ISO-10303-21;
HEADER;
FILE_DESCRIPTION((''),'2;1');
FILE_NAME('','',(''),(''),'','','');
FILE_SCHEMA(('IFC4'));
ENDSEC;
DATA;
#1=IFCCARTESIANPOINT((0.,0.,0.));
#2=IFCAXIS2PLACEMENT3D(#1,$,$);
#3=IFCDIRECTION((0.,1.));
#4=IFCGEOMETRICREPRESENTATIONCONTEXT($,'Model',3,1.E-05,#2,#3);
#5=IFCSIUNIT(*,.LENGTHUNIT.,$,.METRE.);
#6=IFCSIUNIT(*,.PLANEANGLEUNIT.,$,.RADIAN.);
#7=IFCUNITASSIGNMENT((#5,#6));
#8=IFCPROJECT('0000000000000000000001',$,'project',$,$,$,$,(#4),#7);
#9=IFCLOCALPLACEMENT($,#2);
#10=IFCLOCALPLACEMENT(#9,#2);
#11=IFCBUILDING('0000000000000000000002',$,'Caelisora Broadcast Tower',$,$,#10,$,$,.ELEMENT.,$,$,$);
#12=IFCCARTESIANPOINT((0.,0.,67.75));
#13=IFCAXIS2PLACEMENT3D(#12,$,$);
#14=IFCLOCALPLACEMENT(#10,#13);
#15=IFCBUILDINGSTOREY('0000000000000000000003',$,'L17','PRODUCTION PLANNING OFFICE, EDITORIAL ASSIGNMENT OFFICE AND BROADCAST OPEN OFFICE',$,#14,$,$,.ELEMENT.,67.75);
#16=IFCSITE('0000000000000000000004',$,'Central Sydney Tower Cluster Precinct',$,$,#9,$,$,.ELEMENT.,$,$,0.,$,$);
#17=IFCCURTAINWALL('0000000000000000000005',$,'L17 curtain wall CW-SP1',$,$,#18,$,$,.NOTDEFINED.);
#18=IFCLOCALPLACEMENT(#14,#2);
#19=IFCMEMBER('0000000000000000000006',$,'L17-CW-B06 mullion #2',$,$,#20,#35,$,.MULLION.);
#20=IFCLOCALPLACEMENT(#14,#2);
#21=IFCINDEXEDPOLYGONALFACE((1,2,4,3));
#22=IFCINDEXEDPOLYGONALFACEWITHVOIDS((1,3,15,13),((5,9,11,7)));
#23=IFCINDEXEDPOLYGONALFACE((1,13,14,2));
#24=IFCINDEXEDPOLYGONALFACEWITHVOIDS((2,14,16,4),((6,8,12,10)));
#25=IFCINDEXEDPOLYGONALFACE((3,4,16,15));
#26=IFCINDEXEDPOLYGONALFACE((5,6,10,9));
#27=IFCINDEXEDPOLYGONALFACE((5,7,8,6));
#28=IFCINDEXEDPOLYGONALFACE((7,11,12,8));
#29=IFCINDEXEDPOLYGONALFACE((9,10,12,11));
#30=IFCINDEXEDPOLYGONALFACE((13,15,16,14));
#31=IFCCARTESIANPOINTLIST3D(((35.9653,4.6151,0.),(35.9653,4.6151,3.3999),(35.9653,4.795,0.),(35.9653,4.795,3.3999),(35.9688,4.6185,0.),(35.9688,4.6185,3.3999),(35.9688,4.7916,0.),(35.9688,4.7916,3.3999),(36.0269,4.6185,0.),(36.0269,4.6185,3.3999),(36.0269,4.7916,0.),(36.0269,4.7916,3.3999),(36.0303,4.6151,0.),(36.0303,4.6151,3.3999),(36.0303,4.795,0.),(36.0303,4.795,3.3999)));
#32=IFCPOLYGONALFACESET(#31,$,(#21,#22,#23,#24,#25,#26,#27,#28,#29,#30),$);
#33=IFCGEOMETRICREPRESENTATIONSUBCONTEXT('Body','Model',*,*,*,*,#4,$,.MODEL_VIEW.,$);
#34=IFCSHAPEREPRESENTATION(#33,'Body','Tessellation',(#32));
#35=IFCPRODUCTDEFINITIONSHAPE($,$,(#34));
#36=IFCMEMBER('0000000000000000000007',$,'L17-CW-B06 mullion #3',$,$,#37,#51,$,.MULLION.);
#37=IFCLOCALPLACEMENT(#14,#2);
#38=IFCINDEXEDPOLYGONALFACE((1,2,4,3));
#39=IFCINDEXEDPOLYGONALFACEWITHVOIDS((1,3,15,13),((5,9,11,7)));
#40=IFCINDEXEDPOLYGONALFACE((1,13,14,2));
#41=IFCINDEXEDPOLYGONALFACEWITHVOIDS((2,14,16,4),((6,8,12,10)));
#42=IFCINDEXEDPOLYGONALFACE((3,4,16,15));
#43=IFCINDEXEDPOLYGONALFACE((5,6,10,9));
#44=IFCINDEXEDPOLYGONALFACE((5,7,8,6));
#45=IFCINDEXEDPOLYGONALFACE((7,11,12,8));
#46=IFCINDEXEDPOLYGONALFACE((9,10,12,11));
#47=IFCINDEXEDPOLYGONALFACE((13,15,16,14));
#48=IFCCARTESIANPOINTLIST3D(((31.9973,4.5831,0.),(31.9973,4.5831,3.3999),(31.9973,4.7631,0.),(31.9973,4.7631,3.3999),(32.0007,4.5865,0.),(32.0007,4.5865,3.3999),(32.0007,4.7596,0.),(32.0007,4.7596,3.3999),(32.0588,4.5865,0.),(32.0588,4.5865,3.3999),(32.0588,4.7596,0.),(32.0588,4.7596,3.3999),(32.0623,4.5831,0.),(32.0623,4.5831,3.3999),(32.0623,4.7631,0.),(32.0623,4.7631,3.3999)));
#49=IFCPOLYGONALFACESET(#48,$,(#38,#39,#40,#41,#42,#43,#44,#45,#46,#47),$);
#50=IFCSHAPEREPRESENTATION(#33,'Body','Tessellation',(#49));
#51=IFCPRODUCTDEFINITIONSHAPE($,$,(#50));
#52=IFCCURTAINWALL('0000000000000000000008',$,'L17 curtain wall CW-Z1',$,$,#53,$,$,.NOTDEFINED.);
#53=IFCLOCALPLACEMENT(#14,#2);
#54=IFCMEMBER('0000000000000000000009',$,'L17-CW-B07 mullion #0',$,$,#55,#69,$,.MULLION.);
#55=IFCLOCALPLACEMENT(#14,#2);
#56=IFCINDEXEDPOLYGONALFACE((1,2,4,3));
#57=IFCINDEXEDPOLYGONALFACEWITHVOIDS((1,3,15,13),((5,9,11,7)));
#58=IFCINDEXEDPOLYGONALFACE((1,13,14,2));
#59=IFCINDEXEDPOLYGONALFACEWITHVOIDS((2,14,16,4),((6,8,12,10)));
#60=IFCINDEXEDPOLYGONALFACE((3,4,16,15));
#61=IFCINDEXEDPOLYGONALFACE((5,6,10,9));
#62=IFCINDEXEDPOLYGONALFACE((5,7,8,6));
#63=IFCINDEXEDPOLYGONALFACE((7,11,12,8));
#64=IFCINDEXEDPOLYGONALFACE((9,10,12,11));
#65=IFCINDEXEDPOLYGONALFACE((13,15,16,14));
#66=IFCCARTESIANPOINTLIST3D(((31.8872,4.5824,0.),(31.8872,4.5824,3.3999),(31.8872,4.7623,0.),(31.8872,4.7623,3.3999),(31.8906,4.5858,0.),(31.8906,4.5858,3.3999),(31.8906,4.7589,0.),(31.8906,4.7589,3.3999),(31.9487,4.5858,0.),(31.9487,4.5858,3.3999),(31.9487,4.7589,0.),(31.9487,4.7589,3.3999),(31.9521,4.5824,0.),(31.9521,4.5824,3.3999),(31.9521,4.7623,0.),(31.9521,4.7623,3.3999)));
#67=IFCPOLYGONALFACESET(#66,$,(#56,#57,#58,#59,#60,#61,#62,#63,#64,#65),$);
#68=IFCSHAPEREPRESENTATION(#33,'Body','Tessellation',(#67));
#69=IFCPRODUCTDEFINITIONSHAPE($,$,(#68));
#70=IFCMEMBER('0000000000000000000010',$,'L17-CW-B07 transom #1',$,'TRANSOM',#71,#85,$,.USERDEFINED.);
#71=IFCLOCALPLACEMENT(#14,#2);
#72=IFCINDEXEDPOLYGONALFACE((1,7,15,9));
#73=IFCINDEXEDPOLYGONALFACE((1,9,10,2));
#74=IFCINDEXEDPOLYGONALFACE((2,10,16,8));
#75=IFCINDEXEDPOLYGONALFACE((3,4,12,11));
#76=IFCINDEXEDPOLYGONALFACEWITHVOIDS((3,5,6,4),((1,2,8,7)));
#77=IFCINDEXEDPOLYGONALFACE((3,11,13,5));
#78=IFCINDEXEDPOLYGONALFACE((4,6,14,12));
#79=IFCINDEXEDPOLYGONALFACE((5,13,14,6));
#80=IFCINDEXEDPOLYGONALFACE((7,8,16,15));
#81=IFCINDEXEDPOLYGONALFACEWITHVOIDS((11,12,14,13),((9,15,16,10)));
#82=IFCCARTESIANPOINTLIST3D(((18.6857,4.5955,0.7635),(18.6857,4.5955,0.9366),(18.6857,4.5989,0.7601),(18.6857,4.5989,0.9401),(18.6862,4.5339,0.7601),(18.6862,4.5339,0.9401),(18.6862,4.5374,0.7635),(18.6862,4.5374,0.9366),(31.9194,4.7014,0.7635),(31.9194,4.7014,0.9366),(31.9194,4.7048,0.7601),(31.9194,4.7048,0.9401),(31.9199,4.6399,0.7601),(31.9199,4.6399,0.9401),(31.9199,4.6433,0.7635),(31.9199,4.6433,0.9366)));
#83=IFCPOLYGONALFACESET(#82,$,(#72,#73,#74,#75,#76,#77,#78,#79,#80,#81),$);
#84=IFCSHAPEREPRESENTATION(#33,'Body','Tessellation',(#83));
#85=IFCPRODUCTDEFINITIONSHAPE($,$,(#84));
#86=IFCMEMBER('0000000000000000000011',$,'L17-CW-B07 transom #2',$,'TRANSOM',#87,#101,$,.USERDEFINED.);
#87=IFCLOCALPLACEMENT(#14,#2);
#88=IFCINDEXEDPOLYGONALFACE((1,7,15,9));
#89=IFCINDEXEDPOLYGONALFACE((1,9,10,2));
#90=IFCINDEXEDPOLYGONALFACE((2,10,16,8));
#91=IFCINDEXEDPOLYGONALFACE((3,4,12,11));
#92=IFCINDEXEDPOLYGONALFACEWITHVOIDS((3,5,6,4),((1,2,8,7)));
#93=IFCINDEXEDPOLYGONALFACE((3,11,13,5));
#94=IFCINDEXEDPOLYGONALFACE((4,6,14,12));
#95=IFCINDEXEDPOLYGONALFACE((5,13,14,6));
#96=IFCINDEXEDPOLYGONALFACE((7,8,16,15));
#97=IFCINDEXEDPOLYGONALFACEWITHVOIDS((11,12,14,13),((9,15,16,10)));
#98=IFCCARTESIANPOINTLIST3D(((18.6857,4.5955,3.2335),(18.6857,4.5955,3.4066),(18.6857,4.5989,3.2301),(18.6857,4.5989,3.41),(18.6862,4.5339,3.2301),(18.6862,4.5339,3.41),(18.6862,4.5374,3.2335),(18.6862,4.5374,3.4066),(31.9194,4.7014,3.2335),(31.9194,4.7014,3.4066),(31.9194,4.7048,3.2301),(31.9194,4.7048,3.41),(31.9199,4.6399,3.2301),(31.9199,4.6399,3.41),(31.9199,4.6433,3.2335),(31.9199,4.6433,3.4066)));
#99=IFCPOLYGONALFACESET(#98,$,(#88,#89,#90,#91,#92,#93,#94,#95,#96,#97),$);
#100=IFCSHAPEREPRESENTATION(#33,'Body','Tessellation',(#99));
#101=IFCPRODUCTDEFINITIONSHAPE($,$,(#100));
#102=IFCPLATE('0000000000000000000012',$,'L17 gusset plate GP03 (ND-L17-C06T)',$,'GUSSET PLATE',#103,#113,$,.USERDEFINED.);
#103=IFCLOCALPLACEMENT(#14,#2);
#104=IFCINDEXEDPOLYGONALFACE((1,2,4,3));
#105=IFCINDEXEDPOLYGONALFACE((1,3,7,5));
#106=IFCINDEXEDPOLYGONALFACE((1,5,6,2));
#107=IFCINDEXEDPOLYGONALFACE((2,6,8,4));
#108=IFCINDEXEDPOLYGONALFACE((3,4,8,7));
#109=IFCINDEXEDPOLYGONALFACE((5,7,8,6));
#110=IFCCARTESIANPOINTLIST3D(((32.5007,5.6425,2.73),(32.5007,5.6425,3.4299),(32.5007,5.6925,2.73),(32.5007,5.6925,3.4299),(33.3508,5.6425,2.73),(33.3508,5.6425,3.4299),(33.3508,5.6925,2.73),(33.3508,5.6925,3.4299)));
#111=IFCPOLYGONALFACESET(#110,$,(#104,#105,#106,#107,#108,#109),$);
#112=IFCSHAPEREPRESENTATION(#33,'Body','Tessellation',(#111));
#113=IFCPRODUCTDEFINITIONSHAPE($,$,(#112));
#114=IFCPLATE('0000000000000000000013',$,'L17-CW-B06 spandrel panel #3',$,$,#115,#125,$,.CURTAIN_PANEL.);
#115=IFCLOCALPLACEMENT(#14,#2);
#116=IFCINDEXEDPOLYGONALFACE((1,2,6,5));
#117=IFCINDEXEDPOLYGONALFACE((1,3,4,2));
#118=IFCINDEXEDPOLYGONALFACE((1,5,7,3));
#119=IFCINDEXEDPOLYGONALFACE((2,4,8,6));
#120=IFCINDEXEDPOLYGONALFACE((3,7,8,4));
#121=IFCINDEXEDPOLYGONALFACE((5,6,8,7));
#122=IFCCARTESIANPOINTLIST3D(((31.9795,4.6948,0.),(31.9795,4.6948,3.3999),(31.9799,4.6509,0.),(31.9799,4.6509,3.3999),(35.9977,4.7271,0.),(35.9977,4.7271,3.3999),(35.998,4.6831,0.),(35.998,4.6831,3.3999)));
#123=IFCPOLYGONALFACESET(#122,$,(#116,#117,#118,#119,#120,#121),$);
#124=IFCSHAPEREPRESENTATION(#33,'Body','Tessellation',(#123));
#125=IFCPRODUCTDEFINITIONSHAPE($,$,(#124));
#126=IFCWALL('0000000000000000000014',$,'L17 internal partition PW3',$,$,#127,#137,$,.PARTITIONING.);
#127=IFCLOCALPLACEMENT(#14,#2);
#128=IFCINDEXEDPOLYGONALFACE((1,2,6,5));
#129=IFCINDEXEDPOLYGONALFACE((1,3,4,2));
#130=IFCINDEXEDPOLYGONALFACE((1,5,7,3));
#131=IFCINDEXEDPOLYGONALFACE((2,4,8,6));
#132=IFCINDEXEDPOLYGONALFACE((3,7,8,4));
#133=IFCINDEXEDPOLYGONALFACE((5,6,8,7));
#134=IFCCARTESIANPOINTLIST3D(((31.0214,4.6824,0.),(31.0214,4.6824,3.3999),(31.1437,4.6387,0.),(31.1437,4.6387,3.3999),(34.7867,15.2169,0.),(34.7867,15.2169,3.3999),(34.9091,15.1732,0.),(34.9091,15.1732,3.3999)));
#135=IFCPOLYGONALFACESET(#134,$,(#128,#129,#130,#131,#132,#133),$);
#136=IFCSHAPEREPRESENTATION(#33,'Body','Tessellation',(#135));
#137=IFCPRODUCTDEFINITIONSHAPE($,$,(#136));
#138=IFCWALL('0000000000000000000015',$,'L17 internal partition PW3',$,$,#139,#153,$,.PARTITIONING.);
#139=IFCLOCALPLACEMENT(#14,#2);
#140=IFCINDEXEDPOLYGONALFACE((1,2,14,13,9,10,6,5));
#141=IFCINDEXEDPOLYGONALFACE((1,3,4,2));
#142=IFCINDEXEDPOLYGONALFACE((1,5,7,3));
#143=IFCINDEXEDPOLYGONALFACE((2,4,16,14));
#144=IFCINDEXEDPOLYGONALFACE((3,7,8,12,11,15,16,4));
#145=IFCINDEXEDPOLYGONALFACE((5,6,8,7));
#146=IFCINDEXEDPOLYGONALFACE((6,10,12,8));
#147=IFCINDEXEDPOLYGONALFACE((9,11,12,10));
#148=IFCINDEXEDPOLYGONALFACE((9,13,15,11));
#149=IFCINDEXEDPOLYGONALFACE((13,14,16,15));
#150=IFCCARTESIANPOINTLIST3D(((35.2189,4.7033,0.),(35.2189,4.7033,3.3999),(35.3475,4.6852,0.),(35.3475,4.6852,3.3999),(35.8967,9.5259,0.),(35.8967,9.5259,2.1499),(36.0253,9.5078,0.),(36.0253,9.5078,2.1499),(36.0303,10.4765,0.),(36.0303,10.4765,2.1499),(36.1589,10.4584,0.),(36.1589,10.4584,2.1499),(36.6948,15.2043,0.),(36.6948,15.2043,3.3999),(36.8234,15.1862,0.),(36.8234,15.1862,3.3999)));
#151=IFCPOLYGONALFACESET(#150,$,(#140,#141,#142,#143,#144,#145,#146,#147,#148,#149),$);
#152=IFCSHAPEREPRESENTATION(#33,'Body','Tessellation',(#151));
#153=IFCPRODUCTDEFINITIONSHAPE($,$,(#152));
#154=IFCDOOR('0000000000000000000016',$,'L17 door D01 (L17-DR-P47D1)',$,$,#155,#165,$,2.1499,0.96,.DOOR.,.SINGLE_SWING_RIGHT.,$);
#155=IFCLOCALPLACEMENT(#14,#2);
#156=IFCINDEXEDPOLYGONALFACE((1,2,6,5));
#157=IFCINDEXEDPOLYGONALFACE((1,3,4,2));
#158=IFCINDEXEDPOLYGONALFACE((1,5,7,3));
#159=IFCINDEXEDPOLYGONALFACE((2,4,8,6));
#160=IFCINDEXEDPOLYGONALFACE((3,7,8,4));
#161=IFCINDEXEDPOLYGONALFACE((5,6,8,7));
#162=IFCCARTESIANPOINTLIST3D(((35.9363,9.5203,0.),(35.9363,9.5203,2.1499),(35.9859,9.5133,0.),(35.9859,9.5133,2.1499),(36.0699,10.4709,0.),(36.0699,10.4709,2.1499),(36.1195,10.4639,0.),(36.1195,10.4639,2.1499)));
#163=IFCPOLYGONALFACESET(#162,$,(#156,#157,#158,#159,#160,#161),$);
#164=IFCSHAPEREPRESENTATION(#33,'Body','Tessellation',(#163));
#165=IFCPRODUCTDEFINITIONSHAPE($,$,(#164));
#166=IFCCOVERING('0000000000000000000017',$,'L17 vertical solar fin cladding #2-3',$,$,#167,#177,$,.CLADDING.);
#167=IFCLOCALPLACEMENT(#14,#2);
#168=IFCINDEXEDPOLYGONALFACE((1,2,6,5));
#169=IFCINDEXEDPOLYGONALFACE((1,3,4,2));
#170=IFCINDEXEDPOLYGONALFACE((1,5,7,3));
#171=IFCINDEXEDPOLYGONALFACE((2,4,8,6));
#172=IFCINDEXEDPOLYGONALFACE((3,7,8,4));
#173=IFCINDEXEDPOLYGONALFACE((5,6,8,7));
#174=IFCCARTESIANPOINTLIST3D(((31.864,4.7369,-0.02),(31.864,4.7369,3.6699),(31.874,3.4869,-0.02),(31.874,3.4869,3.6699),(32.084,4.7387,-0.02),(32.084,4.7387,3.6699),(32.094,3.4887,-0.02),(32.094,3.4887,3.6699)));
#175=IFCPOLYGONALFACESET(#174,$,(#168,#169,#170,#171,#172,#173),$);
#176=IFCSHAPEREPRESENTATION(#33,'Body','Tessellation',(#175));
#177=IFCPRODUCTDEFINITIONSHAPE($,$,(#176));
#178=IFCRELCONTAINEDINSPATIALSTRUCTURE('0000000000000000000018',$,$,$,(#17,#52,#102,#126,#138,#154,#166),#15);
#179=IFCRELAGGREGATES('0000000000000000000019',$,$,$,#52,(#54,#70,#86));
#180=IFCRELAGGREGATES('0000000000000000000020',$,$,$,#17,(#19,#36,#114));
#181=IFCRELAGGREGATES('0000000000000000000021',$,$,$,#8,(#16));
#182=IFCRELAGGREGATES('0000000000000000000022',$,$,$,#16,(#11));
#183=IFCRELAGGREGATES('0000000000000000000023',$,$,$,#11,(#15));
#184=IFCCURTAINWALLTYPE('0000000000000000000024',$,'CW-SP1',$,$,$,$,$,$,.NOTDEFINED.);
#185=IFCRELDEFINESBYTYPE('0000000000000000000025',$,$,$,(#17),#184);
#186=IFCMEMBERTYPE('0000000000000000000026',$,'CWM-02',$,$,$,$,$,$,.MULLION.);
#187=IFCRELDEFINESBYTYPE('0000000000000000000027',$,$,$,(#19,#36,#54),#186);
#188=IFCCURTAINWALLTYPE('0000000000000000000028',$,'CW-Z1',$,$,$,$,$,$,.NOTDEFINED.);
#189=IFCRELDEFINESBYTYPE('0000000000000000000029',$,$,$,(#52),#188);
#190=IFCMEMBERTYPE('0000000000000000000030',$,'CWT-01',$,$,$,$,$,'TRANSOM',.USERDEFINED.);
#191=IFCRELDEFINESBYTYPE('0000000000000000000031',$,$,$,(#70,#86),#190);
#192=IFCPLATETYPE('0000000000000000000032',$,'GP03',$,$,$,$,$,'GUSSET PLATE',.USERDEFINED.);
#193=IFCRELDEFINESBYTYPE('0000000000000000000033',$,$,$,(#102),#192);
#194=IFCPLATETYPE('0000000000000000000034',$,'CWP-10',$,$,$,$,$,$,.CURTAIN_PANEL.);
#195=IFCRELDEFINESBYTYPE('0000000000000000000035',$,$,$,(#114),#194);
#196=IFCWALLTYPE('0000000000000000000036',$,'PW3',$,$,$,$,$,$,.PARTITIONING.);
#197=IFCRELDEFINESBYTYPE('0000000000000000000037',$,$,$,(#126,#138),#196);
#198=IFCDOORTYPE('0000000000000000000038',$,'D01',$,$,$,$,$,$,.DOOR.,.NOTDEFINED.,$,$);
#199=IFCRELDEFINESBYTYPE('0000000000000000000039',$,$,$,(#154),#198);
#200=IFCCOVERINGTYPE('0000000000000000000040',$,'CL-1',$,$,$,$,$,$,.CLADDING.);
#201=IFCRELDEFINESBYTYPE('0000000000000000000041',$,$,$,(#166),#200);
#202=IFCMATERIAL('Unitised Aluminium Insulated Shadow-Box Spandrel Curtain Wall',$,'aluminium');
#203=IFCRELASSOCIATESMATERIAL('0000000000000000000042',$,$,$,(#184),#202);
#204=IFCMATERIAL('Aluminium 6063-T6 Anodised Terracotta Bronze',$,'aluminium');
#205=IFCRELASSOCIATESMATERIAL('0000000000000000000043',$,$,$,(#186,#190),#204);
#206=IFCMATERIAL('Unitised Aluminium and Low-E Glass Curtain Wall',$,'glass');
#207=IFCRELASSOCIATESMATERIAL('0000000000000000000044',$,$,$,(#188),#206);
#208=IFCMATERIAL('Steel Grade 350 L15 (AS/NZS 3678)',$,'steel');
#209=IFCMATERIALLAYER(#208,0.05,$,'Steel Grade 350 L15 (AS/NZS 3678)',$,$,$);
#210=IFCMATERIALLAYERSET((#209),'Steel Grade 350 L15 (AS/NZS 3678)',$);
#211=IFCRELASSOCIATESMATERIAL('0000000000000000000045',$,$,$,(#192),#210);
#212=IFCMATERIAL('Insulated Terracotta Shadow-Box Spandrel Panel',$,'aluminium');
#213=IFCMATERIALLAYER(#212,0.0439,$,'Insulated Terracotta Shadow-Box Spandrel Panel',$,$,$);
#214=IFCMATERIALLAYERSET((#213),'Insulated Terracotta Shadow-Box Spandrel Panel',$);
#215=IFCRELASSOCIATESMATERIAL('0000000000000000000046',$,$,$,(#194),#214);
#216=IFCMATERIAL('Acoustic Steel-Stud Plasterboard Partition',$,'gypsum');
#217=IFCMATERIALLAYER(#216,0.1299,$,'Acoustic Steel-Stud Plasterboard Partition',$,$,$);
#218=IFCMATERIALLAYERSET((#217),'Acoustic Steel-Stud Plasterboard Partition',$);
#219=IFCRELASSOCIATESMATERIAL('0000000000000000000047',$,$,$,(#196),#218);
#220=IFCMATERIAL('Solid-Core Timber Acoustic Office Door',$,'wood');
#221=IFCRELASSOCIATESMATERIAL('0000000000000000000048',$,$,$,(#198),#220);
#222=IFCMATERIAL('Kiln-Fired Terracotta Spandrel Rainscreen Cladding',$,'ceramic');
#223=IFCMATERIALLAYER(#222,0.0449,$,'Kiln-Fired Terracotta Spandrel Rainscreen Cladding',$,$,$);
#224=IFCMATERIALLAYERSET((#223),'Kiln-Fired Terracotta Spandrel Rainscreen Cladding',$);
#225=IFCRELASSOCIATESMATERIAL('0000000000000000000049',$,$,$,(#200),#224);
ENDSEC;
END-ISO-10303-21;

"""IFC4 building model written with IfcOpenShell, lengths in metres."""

from ifc_helpers import new_model, si_unit, direction, frame, frame_2d, origin, origin_2d, place, context, subcontext, project, spatial, rectangle, hollow_rectangle, extrude, source, transform, mapped, material, layer, layer_set, material_profile, profile_set, type_object, type_shapes, element, fill, aggregate, save


model = new_model("IFC4")

# Units and contexts
model_context = context("Model", 3, precision=1e-05, world=origin(), true_north=direction((0.0, 1.0)))
body_context = subcontext(model_context, "Body", "Model", "MODEL_VIEW")
ifc_project = project(units=[si_unit("LENGTHUNIT", "METRE"), si_unit("PLANEANGLEUNIT", "RADIAN")], contexts=[model_context])

# Site, building, storey
site_placement = place(None, origin())
site = spatial("IfcSite", under=ifc_project, at=site_placement, Name="Central Sydney Tower Cluster Precinct", CompositionType="ELEMENT", RefElevation=0.0)
building_placement = place(site_placement, origin())
building = spatial("IfcBuilding", under=site, at=building_placement, Name="Caelisora Broadcast Tower", CompositionType="ELEMENT")
storey_placement = place(building_placement, frame((0.0, 0.0, 67.75)))
storey = spatial("IfcBuildingStorey", under=building, at=storey_placement, Name="L17", Description="PRODUCTION PLANNING OFFICE, EDITORIAL ASSIGNMENT OFFICE AND BROADCAST OPEN OFFICE", CompositionType="ELEMENT", Elevation=67.75)

# Shared definitions
ifc_material_1 = material(Name="Steel Grade 350 L15 (AS/NZS 3678)", Category="steel")

# Curtain walls, members
ifc_material_2 = material(Name="Unitised Aluminium Insulated Shadow-Box Spandrel Curtain Wall", Category="aluminium")
curtain_wall_type_1 = type_object("IfcCurtainWallType", Name="CW-SP1", PredefinedType="NOTDEFINED", material=ifc_material_2)
curtain_wall_1_placement = place(storey_placement, origin())
curtain_wall_1 = element("IfcCurtainWall", 1, at=curtain_wall_1_placement, inside=storey, type_object=curtain_wall_type_1, Name="L17 curtain wall CW-SP1", PredefinedType="NOTDEFINED")
ifc_material_3 = material(Name="Aluminium 6063-T6 Anodised Terracotta Bronze", Category="aluminium")
ifc_material_profile_1 = material_profile(ifc_material_3, hollow_rectangle(XDim=0.0649, YDim=0.1799, WallThickness=0.0034, at=origin_2d()), Name="Aluminium 6063-T6 Anodised Terracotta Bronze")
ifc_profile_set_1 = profile_set([ifc_material_profile_1], Name="Aluminium 6063-T6 Anodised Terracotta Bronze")
member_type_1 = type_object("IfcMemberType", Name="CWM-02", PredefinedType="MULLION", material=ifc_profile_set_1)
shared_shape_1 = source(origin(), body_context, "Body", "SweptSolid", [
    extrude(hollow_rectangle(XDim=0.0649, YDim=0.1799, WallThickness=0.0034, at=origin_2d()), origin(), (0.0, 0.0, 1.0), 3.3999),
])
type_shapes(member_type_1, [shared_shape_1])
member_1_placement = place(storey_placement, frame((35.9978, 4.7051, 0.0), z_axis=(0.0, 0.0, 1.0), x_axis=(1.0, 0.0, 0.0)))
member_1 = element("IfcMember", 2, at=member_1_placement, type_object=member_type_1, Name="L17-CW-B06 mullion #2", PredefinedType="MULLION", context=body_context, shape_type="MappedRepresentation", body=[
    mapped(shared_shape_1, transform((0.0, 0.0, 0.0), scale=1.0)),
])
member_2_placement = place(storey_placement, frame((32.0298, 4.6731, 0.0), z_axis=(0.0, 0.0, 1.0), x_axis=(1.0, 0.0, 0.0)))
member_2 = element("IfcMember", 3, at=member_2_placement, type_object=member_type_1, Name="L17-CW-B06 mullion #3", PredefinedType="MULLION", context=body_context, shape_type="MappedRepresentation", body=[
    mapped(shared_shape_1, transform((0.0, 0.0, 0.0), scale=1.0)),
])
ifc_material_4 = material(Name="Unitised Aluminium and Low-E Glass Curtain Wall", Category="glass")
curtain_wall_type_2 = type_object("IfcCurtainWallType", Name="CW-Z1", PredefinedType="NOTDEFINED", material=ifc_material_4)
curtain_wall_2_placement = place(storey_placement, origin())
curtain_wall_2 = element("IfcCurtainWall", 4, at=curtain_wall_2_placement, inside=storey, type_object=curtain_wall_type_2, Name="L17 curtain wall CW-Z1", PredefinedType="NOTDEFINED")
member_3_placement = place(storey_placement, frame((31.9197, 4.6724, 0.0), z_axis=(0.0, 0.0, 1.0), x_axis=(1.0, 0.0, 0.0)))
member_3 = element("IfcMember", 5, at=member_3_placement, type_object=member_type_1, Name="L17-CW-B07 mullion #0", PredefinedType="MULLION", context=body_context, shape_type="MappedRepresentation", body=[
    mapped(shared_shape_1, transform((0.0, 0.0, 0.0), scale=1.0)),
])
ifc_material_profile_2 = material_profile(ifc_material_3, hollow_rectangle(XDim=0.0649, YDim=0.1799, WallThickness=0.0034, at=origin_2d()), Name="Aluminium 6063-T6 Anodised Terracotta Bronze")
ifc_profile_set_2 = profile_set([ifc_material_profile_2], Name="Aluminium 6063-T6 Anodised Terracotta Bronze")
member_type_2 = type_object("IfcMemberType", Name="CWT-01", ElementType="TRANSOM", PredefinedType="USERDEFINED", material=ifc_profile_set_2)
shared_shape_2 = source(origin(), body_context, "Body", "SweptSolid", [
    extrude(hollow_rectangle(XDim=0.0649, YDim=0.1799, WallThickness=0.0034, at=origin_2d()), origin(), (0.0, 0.0, 1.0), 13.2341),
])
type_shapes(member_type_2, [shared_shape_2])
member_4_placement = place(storey_placement, frame((31.9197, 4.6724, 0.8501), z_axis=(-0.999968, -0.008006, 0.0), x_axis=(0.008006, -0.999968, 0.0)))
member_4 = element("IfcMember", 6, at=member_4_placement, type_object=member_type_2, Name="L17-CW-B07 transom #1", ObjectType="TRANSOM", PredefinedType="USERDEFINED", context=body_context, shape_type="MappedRepresentation", body=[
    mapped(shared_shape_2, transform((0.0, 0.0, 0.0), scale=1.0)),
])
member_5_placement = place(storey_placement, frame((31.9197, 4.6724, 3.3201), z_axis=(-0.999968, -0.008006, 0.0), x_axis=(0.008006, -0.999968, 0.0)))
member_5 = element("IfcMember", 7, at=member_5_placement, type_object=member_type_2, Name="L17-CW-B07 transom #2", ObjectType="TRANSOM", PredefinedType="USERDEFINED", context=body_context, shape_type="MappedRepresentation", body=[
    mapped(shared_shape_2, transform((0.0, 0.0, 0.0), scale=1.0)),
])
aggregate(curtain_wall_2, [member_3, member_4, member_5])

# Plates
ifc_layer_1 = layer(ifc_material_1, 0.05, Name="Steel Grade 350 L15 (AS/NZS 3678)")
ifc_layer_set_1 = layer_set([ifc_layer_1], Name="Steel Grade 350 L15 (AS/NZS 3678)")
plate_type_1 = type_object("IfcPlateType", Name="GP03", ElementType="GUSSET PLATE", PredefinedType="USERDEFINED", material=ifc_layer_set_1)
shared_shape_3 = source(origin(), body_context, "Body", "SweptSolid", [
    extrude(rectangle(XDim=0.8501, YDim=0.05, at=origin_2d()), origin(), (0.0, 0.0, 1.0), 0.7),
])
type_shapes(plate_type_1, [shared_shape_3])
plate_1_placement = place(storey_placement, frame((32.9258, 5.6675, 2.73), z_axis=(0.0, 0.0, 1.0), x_axis=(1.0, 0.0, 0.0)))
element("IfcPlate", 8, at=plate_1_placement, inside=storey, type_object=plate_type_1, Name="L17 gusset plate GP03 (ND-L17-C06T)", ObjectType="GUSSET PLATE", PredefinedType="USERDEFINED", context=body_context, shape_type="MappedRepresentation", body=[
    mapped(shared_shape_3, transform((0.0, 0.0, 0.0), scale=1.0)),
])
ifc_material_5 = material(Name="Insulated Terracotta Shadow-Box Spandrel Panel", Category="aluminium")
ifc_layer_2 = layer(ifc_material_5, 0.0439, Name="Insulated Terracotta Shadow-Box Spandrel Panel")
ifc_layer_set_2 = layer_set([ifc_layer_2], Name="Insulated Terracotta Shadow-Box Spandrel Panel")
plate_type_2 = type_object("IfcPlateType", Name="CWP-10", PredefinedType="CURTAIN_PANEL", material=ifc_layer_set_2)
shared_shape_4 = source(origin(), body_context, "Body", "SweptSolid", [
    extrude(rectangle(XDim=4.0183, YDim=0.0439, at=origin_2d()), origin(), (0.0, 0.0, 1.0), 3.3999),
])
type_shapes(plate_type_2, [shared_shape_4])
plate_2_placement = place(storey_placement, frame((33.9888, 4.689, 0.0), z_axis=(0.0, 0.0, 1.0), x_axis=(-0.999968, -0.008028, 0.0)))
plate_2 = element("IfcPlate", 9, at=plate_2_placement, type_object=plate_type_2, Name="L17-CW-B06 spandrel panel #3", PredefinedType="CURTAIN_PANEL", context=body_context, shape_type="MappedRepresentation", body=[
    mapped(shared_shape_4, transform((0.0, 0.0, 0.0), scale=1.0)),
])
aggregate(curtain_wall_1, [member_1, member_2, plate_2])

# Wall
ifc_material_6 = material(Name="Acoustic Steel-Stud Plasterboard Partition", Category="gypsum")
ifc_layer_3 = layer(ifc_material_6, 0.1299, Name="Acoustic Steel-Stud Plasterboard Partition")
ifc_layer_set_3 = layer_set([ifc_layer_3], Name="Acoustic Steel-Stud Plasterboard Partition")
wall_type = type_object("IfcWallType", Name="PW3", PredefinedType="PARTITIONING", material=ifc_layer_set_3)
wall_1_placement = place(storey_placement, frame((31.0825, 4.6604, 0.0), z_axis=(0.0, 0.0, 1.0), x_axis=(0.336574, 0.941657, 0.0)))
element("IfcWall", 10, at=wall_1_placement, inside=storey, type_object=wall_type, Name="L17 internal partition PW3", PredefinedType="PARTITIONING", context=body_context, shape_type="SweptSolid", body=[
    extrude(rectangle(XDim=11.1873, YDim=0.1299, at=frame_2d((5.5938, 0.0))), origin(), (0.0, 0.0, 1.0), 3.3999),
])

# Wall, opening, door
wall_2_placement = place(storey_placement, frame((35.2832, 4.6941, 0.0), z_axis=(0.0, 0.0, 1.0), x_axis=(0.139174, 0.990268, 0.0)))
wall_2 = element("IfcWall", 11, at=wall_2_placement, inside=storey, type_object=wall_type, Name="L17 internal partition PW3", PredefinedType="PARTITIONING", context=body_context, shape_type="SweptSolid", body=[
    extrude(rectangle(XDim=10.6042, YDim=0.1299, at=frame_2d((5.3022, 0.0))), origin(), (0.0, 0.0, 1.0), 3.3999),
])
opening_1_placement = place(wall_2_placement, frame((4.8701, 0.0, 0.0)))
opening_1 = element("IfcOpeningElement", 12, at=opening_1_placement, cuts=wall_2, PredefinedType="OPENING", context=body_context, shape_type="SweptSolid", body=[
    extrude(rectangle(XDim=0.96, YDim=2.1499, at=frame_2d((0.48, 1.075))), frame((0.0, 0.0769, 0.0), z_axis=(0.0, -1.0, 0.0), x_axis=(1.0, 0.0, 0.0)), (0.0, 0.0, 1.0), 0.1538),
])
ifc_material_7 = material(Name="Solid-Core Timber Acoustic Office Door", Category="wood")
door_type = type_object("IfcDoorType", Name="D01", OperationType="NOTDEFINED", PredefinedType="DOOR", material=ifc_material_7)
door_1_placement = place(opening_1_placement, origin())
door_1 = element("IfcDoor", 13, at=door_1_placement, inside=storey, type_object=door_type, Name="L17 door D01 (L17-DR-P47D1)", OperationType="SINGLE_SWING_RIGHT", OverallHeight=2.1499, OverallWidth=0.96, PredefinedType="DOOR", context=body_context, shape_type="SweptSolid", body=[
    extrude(rectangle(XDim=0.96, YDim=2.1499, at=frame_2d((0.48, 1.075))), frame((0.0, 0.0249, 0.0), z_axis=(0.0, -1.0, 0.0), x_axis=(1.0, 0.0, 0.0)), (0.0, 0.0, 1.0), 0.05),
])
fill(opening_1, door_1)

# Covering
ifc_material_8 = material(Name="Kiln-Fired Terracotta Spandrel Rainscreen Cladding", Category="ceramic")
ifc_layer_4 = layer(ifc_material_8, 0.0449, Name="Kiln-Fired Terracotta Spandrel Rainscreen Cladding")
ifc_layer_set_4 = layer_set([ifc_layer_4], Name="Kiln-Fired Terracotta Spandrel Rainscreen Cladding")
covering_type = type_object("IfcCoveringType", Name="CL-1", PredefinedType="CLADDING", material=ifc_layer_set_4)
shared_shape_5 = source(origin(), body_context, "Body", "SweptSolid", [
    extrude(rectangle(XDim=0.22, YDim=1.25, at=origin_2d()), origin(), (0.0, 0.0, 1.0), 3.6899),
])
type_shapes(covering_type, [shared_shape_5])
covering_placement = place(storey_placement, frame((31.979, 4.1128, -0.02), z_axis=(0.0, 0.0, 1.0), x_axis=(-0.999968, -0.008028, 0.0)))
element("IfcCovering", 14, at=covering_placement, inside=storey, type_object=covering_type, Name="L17 vertical solar fin cladding #2-3", PredefinedType="CLADDING", context=body_context, shape_type="MappedRepresentation", body=[
    mapped(shared_shape_5, transform((0.0, 0.0, 0.0), scale=1.0)),
])

save(model, "model.ifc")
